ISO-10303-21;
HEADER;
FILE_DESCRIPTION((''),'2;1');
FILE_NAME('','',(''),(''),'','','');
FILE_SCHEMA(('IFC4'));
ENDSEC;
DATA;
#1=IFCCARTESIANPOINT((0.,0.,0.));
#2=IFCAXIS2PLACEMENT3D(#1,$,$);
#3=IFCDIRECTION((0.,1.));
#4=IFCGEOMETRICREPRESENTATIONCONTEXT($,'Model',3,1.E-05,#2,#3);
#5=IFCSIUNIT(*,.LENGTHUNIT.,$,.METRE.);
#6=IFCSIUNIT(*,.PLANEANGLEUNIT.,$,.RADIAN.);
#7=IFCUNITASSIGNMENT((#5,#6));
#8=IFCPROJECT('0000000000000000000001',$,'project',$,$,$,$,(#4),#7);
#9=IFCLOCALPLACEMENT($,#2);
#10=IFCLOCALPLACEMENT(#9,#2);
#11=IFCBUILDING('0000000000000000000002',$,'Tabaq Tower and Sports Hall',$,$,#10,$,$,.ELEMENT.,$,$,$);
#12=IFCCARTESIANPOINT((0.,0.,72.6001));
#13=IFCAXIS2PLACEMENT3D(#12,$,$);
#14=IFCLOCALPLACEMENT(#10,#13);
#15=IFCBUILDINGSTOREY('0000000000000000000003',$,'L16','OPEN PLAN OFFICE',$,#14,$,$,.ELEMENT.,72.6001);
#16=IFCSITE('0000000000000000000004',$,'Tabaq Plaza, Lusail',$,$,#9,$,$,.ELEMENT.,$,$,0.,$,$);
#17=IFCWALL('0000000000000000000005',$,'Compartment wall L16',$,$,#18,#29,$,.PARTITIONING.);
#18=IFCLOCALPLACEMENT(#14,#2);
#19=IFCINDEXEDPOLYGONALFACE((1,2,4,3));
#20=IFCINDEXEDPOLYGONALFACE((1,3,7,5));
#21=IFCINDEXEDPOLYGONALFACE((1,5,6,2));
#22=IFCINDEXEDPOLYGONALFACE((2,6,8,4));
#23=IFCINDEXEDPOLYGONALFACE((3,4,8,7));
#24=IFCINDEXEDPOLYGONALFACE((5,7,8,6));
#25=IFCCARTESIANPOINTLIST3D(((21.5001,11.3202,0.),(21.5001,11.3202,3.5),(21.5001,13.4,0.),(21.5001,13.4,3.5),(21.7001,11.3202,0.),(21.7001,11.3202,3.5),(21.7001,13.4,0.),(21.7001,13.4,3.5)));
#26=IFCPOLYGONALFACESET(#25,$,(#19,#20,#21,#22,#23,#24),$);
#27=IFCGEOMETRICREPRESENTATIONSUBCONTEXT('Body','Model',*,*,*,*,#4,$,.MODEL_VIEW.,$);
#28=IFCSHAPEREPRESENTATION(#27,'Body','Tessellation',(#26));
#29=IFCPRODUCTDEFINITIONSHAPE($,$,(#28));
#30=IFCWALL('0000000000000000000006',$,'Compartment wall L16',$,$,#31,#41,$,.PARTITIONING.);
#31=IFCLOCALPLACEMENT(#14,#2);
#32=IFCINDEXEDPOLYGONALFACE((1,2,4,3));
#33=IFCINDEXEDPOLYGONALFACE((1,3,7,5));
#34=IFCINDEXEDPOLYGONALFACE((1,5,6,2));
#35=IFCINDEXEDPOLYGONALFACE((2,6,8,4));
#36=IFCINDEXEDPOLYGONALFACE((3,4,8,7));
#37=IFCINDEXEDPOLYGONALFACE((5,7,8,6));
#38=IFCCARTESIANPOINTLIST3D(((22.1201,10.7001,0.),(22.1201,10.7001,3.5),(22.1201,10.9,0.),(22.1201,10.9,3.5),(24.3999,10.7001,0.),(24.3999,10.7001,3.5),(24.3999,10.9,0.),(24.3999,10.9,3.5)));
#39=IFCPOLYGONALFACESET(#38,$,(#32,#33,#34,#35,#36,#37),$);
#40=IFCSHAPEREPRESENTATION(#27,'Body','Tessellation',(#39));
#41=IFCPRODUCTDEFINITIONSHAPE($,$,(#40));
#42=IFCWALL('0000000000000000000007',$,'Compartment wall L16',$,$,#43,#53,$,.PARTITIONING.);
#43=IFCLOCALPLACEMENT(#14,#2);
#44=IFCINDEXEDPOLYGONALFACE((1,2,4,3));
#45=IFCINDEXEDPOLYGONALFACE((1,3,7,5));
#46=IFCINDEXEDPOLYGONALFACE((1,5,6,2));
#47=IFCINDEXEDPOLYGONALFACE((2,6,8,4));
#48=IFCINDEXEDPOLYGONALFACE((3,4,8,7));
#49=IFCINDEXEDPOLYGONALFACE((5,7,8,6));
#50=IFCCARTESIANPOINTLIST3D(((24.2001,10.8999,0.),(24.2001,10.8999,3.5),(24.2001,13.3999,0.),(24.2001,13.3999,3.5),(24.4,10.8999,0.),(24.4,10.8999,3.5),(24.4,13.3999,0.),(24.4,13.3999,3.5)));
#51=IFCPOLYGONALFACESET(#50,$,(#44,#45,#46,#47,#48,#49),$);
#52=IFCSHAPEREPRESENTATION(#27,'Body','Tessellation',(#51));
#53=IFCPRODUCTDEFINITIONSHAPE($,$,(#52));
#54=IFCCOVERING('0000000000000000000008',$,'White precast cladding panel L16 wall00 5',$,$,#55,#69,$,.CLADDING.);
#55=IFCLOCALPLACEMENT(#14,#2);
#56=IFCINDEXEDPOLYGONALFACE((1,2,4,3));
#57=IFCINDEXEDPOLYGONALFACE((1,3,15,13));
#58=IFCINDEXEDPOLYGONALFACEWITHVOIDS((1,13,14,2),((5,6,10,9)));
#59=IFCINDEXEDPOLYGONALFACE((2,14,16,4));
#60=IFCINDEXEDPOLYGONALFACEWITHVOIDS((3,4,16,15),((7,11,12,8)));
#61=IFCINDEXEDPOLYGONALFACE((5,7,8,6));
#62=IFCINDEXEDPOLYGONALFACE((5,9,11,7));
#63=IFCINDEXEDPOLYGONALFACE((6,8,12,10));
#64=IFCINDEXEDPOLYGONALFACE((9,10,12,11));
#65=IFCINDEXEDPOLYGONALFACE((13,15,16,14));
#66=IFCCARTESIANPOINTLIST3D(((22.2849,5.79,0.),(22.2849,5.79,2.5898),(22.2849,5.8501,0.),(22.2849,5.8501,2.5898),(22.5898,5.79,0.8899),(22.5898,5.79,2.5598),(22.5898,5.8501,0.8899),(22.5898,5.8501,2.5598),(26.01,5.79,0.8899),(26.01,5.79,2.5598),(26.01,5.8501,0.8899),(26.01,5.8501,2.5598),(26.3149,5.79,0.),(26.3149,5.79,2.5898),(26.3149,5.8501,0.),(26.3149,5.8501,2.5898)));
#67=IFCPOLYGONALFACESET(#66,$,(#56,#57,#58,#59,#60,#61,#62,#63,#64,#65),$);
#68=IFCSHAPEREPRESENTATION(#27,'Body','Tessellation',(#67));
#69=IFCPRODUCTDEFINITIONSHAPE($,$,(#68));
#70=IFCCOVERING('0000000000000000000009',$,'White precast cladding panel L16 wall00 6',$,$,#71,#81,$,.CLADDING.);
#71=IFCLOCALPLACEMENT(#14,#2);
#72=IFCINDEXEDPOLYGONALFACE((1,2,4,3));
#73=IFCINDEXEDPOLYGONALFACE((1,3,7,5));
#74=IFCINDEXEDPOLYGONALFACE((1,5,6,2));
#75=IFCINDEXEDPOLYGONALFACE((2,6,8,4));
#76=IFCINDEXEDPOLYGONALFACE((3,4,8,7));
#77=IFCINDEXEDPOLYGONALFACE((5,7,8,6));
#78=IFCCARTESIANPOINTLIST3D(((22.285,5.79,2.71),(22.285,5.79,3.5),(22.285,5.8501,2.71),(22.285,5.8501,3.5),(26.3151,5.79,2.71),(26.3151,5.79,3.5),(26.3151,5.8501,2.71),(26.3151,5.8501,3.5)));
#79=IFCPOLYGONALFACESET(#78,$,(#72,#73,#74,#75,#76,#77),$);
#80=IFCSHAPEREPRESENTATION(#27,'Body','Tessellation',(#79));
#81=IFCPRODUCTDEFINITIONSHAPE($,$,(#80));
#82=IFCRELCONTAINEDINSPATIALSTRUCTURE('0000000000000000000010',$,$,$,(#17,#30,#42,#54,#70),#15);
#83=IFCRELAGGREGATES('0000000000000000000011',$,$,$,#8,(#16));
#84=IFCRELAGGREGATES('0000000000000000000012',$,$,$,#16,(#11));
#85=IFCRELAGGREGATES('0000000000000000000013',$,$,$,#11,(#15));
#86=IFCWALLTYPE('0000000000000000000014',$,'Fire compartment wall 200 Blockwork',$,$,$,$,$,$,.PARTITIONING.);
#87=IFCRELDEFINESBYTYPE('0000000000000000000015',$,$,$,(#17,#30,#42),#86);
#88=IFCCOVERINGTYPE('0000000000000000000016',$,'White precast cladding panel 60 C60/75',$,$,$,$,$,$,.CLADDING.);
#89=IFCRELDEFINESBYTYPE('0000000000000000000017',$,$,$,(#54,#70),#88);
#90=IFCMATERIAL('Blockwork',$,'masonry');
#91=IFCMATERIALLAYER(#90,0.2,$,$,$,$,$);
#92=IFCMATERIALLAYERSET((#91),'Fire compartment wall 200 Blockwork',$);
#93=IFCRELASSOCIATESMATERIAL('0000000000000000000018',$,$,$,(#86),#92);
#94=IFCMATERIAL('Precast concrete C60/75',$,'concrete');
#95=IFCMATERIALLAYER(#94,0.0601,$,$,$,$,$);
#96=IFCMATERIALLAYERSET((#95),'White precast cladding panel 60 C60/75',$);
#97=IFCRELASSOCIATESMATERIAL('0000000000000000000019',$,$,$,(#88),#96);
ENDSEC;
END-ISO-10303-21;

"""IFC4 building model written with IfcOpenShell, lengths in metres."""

from ifc_helpers import new_model, si_unit, direction, frame, frame_2d, origin, place, context, subcontext, project, spatial, polyline, rectangle, outline, extrude, material, layer, layer_set, type_object, element, save


model = new_model("IFC4")

# Units and contexts
model_context = context("Model", 3, precision=1e-05, world=origin(), true_north=direction((0.0, 1.0)))
body_context = subcontext(model_context, "Body", "Model", "MODEL_VIEW")
ifc_project = project(units=[si_unit("LENGTHUNIT", "METRE"), si_unit("PLANEANGLEUNIT", "RADIAN")], contexts=[model_context])

# Site, building, storey
site_placement = place(None, origin())
site = spatial("IfcSite", under=ifc_project, at=site_placement, Name="Tabaq Plaza, Lusail", CompositionType="ELEMENT", RefElevation=0.0)
building_placement = place(site_placement, origin())
building = spatial("IfcBuilding", under=site, at=building_placement, Name="Tabaq Tower and Sports Hall", CompositionType="ELEMENT")
storey_placement = place(building_placement, frame((0.0, 0.0, 72.6001)))
storey = spatial("IfcBuildingStorey", under=building, at=storey_placement, Name="L16", Description="OPEN PLAN OFFICE", CompositionType="ELEMENT", Elevation=72.6001)

# Shared definitions
ifc_material_1 = material(Name="Blockwork", Category="masonry")
ifc_layer_1 = layer(ifc_material_1, 0.2)
ifc_layer_set_1 = layer_set([ifc_layer_1], Name="Fire compartment wall 200 Blockwork")
wall_type = type_object("IfcWallType", Name="Fire compartment wall 200 Blockwork", PredefinedType="PARTITIONING", material=ifc_layer_set_1)

# Walls
wall_1_placement = place(storey_placement, frame((21.6001, 11.3201, 0.0), z_axis=(0.0, 0.0, 1.0), x_axis=(0.0, 1.0, 0.0)))
element("IfcWall", 1, at=wall_1_placement, inside=storey, type_object=wall_type, Name="Compartment wall L16", PredefinedType="PARTITIONING", context=body_context, shape_type="SweptSolid", body=[
    extrude(rectangle(XDim=2.0798, YDim=0.2, at=frame_2d((1.04, 0.0))), origin(), (0.0, 0.0, 1.0), 3.5),
])
wall_2_placement = place(storey_placement, frame((22.1201, 10.8, 0.0), z_axis=(0.0, 0.0, 1.0), x_axis=(1.0, 0.0, 0.0)))
element("IfcWall", 2, at=wall_2_placement, inside=storey, type_object=wall_type, Name="Compartment wall L16", PredefinedType="PARTITIONING", context=body_context, shape_type="SweptSolid", body=[
    extrude(rectangle(XDim=2.2798, YDim=0.2, at=frame_2d((1.1399, 0.0))), origin(), (0.0, 0.0, 1.0), 3.5),
])
wall_3_placement = place(storey_placement, frame((24.3, 10.8999, 0.0), z_axis=(0.0, 0.0, 1.0), x_axis=(0.0, 1.0, 0.0)))
element("IfcWall", 3, at=wall_3_placement, inside=storey, type_object=wall_type, Name="Compartment wall L16", PredefinedType="PARTITIONING", context=body_context, shape_type="SweptSolid", body=[
    extrude(rectangle(XDim=2.5, YDim=0.2, at=frame_2d((1.25, 0.0))), origin(), (0.0, 0.0, 1.0), 3.5),
])

# Coverings
ifc_material_2 = material(Name="Precast concrete C60/75", Category="concrete")
ifc_layer_2 = layer(ifc_material_2, 0.0601)
ifc_layer_set_2 = layer_set([ifc_layer_2], Name="White precast cladding panel 60 C60/75")
covering_type = type_object("IfcCoveringType", Name="White precast cladding panel 60 C60/75", PredefinedType="CLADDING", material=ifc_layer_set_2)
covering_1_placement = place(storey_placement, frame((22.2849, 5.8201, 0.0), z_axis=(0.0, 0.0, 1.0), x_axis=(1.0, 0.0, 0.0)))
element("IfcCovering", 4, at=covering_1_placement, inside=storey, type_object=covering_type, Name="White precast cladding panel L16 wall00 5", PredefinedType="CLADDING", context=body_context, shape_type="SweptSolid", body=[
    extrude(outline(polyline([(0.0, 0.0), (4.03, 0.0), (4.03, 2.5898), (0.0, 2.5898), (0.0, 0.0)]), holes=[polyline([(3.7251, 0.8899), (0.3049, 0.8899), (0.3049, 2.5598), (3.7251, 2.5598), (3.7251, 0.8899)])]), frame((0.0, 0.03, 0.0), z_axis=(0.0, -1.0, 0.0), x_axis=(1.0, 0.0, 0.0)), (0.0, 0.0, 1.0), 0.0601),
])
covering_2_placement = place(storey_placement, frame((22.2849, 5.8201, 2.71), z_axis=(0.0, 0.0, 1.0), x_axis=(1.0, 0.0, 0.0)))
element("IfcCovering", 5, at=covering_2_placement, inside=storey, type_object=covering_type, Name="White precast cladding panel L16 wall00 6", PredefinedType="CLADDING", context=body_context, shape_type="SweptSolid", body=[
    extrude(rectangle(XDim=4.03, YDim=0.0601, at=frame_2d((2.0151, 0.0))), origin(), (0.0, 0.0, 1.0), 0.79),
])

save(model, "model.ifc")
